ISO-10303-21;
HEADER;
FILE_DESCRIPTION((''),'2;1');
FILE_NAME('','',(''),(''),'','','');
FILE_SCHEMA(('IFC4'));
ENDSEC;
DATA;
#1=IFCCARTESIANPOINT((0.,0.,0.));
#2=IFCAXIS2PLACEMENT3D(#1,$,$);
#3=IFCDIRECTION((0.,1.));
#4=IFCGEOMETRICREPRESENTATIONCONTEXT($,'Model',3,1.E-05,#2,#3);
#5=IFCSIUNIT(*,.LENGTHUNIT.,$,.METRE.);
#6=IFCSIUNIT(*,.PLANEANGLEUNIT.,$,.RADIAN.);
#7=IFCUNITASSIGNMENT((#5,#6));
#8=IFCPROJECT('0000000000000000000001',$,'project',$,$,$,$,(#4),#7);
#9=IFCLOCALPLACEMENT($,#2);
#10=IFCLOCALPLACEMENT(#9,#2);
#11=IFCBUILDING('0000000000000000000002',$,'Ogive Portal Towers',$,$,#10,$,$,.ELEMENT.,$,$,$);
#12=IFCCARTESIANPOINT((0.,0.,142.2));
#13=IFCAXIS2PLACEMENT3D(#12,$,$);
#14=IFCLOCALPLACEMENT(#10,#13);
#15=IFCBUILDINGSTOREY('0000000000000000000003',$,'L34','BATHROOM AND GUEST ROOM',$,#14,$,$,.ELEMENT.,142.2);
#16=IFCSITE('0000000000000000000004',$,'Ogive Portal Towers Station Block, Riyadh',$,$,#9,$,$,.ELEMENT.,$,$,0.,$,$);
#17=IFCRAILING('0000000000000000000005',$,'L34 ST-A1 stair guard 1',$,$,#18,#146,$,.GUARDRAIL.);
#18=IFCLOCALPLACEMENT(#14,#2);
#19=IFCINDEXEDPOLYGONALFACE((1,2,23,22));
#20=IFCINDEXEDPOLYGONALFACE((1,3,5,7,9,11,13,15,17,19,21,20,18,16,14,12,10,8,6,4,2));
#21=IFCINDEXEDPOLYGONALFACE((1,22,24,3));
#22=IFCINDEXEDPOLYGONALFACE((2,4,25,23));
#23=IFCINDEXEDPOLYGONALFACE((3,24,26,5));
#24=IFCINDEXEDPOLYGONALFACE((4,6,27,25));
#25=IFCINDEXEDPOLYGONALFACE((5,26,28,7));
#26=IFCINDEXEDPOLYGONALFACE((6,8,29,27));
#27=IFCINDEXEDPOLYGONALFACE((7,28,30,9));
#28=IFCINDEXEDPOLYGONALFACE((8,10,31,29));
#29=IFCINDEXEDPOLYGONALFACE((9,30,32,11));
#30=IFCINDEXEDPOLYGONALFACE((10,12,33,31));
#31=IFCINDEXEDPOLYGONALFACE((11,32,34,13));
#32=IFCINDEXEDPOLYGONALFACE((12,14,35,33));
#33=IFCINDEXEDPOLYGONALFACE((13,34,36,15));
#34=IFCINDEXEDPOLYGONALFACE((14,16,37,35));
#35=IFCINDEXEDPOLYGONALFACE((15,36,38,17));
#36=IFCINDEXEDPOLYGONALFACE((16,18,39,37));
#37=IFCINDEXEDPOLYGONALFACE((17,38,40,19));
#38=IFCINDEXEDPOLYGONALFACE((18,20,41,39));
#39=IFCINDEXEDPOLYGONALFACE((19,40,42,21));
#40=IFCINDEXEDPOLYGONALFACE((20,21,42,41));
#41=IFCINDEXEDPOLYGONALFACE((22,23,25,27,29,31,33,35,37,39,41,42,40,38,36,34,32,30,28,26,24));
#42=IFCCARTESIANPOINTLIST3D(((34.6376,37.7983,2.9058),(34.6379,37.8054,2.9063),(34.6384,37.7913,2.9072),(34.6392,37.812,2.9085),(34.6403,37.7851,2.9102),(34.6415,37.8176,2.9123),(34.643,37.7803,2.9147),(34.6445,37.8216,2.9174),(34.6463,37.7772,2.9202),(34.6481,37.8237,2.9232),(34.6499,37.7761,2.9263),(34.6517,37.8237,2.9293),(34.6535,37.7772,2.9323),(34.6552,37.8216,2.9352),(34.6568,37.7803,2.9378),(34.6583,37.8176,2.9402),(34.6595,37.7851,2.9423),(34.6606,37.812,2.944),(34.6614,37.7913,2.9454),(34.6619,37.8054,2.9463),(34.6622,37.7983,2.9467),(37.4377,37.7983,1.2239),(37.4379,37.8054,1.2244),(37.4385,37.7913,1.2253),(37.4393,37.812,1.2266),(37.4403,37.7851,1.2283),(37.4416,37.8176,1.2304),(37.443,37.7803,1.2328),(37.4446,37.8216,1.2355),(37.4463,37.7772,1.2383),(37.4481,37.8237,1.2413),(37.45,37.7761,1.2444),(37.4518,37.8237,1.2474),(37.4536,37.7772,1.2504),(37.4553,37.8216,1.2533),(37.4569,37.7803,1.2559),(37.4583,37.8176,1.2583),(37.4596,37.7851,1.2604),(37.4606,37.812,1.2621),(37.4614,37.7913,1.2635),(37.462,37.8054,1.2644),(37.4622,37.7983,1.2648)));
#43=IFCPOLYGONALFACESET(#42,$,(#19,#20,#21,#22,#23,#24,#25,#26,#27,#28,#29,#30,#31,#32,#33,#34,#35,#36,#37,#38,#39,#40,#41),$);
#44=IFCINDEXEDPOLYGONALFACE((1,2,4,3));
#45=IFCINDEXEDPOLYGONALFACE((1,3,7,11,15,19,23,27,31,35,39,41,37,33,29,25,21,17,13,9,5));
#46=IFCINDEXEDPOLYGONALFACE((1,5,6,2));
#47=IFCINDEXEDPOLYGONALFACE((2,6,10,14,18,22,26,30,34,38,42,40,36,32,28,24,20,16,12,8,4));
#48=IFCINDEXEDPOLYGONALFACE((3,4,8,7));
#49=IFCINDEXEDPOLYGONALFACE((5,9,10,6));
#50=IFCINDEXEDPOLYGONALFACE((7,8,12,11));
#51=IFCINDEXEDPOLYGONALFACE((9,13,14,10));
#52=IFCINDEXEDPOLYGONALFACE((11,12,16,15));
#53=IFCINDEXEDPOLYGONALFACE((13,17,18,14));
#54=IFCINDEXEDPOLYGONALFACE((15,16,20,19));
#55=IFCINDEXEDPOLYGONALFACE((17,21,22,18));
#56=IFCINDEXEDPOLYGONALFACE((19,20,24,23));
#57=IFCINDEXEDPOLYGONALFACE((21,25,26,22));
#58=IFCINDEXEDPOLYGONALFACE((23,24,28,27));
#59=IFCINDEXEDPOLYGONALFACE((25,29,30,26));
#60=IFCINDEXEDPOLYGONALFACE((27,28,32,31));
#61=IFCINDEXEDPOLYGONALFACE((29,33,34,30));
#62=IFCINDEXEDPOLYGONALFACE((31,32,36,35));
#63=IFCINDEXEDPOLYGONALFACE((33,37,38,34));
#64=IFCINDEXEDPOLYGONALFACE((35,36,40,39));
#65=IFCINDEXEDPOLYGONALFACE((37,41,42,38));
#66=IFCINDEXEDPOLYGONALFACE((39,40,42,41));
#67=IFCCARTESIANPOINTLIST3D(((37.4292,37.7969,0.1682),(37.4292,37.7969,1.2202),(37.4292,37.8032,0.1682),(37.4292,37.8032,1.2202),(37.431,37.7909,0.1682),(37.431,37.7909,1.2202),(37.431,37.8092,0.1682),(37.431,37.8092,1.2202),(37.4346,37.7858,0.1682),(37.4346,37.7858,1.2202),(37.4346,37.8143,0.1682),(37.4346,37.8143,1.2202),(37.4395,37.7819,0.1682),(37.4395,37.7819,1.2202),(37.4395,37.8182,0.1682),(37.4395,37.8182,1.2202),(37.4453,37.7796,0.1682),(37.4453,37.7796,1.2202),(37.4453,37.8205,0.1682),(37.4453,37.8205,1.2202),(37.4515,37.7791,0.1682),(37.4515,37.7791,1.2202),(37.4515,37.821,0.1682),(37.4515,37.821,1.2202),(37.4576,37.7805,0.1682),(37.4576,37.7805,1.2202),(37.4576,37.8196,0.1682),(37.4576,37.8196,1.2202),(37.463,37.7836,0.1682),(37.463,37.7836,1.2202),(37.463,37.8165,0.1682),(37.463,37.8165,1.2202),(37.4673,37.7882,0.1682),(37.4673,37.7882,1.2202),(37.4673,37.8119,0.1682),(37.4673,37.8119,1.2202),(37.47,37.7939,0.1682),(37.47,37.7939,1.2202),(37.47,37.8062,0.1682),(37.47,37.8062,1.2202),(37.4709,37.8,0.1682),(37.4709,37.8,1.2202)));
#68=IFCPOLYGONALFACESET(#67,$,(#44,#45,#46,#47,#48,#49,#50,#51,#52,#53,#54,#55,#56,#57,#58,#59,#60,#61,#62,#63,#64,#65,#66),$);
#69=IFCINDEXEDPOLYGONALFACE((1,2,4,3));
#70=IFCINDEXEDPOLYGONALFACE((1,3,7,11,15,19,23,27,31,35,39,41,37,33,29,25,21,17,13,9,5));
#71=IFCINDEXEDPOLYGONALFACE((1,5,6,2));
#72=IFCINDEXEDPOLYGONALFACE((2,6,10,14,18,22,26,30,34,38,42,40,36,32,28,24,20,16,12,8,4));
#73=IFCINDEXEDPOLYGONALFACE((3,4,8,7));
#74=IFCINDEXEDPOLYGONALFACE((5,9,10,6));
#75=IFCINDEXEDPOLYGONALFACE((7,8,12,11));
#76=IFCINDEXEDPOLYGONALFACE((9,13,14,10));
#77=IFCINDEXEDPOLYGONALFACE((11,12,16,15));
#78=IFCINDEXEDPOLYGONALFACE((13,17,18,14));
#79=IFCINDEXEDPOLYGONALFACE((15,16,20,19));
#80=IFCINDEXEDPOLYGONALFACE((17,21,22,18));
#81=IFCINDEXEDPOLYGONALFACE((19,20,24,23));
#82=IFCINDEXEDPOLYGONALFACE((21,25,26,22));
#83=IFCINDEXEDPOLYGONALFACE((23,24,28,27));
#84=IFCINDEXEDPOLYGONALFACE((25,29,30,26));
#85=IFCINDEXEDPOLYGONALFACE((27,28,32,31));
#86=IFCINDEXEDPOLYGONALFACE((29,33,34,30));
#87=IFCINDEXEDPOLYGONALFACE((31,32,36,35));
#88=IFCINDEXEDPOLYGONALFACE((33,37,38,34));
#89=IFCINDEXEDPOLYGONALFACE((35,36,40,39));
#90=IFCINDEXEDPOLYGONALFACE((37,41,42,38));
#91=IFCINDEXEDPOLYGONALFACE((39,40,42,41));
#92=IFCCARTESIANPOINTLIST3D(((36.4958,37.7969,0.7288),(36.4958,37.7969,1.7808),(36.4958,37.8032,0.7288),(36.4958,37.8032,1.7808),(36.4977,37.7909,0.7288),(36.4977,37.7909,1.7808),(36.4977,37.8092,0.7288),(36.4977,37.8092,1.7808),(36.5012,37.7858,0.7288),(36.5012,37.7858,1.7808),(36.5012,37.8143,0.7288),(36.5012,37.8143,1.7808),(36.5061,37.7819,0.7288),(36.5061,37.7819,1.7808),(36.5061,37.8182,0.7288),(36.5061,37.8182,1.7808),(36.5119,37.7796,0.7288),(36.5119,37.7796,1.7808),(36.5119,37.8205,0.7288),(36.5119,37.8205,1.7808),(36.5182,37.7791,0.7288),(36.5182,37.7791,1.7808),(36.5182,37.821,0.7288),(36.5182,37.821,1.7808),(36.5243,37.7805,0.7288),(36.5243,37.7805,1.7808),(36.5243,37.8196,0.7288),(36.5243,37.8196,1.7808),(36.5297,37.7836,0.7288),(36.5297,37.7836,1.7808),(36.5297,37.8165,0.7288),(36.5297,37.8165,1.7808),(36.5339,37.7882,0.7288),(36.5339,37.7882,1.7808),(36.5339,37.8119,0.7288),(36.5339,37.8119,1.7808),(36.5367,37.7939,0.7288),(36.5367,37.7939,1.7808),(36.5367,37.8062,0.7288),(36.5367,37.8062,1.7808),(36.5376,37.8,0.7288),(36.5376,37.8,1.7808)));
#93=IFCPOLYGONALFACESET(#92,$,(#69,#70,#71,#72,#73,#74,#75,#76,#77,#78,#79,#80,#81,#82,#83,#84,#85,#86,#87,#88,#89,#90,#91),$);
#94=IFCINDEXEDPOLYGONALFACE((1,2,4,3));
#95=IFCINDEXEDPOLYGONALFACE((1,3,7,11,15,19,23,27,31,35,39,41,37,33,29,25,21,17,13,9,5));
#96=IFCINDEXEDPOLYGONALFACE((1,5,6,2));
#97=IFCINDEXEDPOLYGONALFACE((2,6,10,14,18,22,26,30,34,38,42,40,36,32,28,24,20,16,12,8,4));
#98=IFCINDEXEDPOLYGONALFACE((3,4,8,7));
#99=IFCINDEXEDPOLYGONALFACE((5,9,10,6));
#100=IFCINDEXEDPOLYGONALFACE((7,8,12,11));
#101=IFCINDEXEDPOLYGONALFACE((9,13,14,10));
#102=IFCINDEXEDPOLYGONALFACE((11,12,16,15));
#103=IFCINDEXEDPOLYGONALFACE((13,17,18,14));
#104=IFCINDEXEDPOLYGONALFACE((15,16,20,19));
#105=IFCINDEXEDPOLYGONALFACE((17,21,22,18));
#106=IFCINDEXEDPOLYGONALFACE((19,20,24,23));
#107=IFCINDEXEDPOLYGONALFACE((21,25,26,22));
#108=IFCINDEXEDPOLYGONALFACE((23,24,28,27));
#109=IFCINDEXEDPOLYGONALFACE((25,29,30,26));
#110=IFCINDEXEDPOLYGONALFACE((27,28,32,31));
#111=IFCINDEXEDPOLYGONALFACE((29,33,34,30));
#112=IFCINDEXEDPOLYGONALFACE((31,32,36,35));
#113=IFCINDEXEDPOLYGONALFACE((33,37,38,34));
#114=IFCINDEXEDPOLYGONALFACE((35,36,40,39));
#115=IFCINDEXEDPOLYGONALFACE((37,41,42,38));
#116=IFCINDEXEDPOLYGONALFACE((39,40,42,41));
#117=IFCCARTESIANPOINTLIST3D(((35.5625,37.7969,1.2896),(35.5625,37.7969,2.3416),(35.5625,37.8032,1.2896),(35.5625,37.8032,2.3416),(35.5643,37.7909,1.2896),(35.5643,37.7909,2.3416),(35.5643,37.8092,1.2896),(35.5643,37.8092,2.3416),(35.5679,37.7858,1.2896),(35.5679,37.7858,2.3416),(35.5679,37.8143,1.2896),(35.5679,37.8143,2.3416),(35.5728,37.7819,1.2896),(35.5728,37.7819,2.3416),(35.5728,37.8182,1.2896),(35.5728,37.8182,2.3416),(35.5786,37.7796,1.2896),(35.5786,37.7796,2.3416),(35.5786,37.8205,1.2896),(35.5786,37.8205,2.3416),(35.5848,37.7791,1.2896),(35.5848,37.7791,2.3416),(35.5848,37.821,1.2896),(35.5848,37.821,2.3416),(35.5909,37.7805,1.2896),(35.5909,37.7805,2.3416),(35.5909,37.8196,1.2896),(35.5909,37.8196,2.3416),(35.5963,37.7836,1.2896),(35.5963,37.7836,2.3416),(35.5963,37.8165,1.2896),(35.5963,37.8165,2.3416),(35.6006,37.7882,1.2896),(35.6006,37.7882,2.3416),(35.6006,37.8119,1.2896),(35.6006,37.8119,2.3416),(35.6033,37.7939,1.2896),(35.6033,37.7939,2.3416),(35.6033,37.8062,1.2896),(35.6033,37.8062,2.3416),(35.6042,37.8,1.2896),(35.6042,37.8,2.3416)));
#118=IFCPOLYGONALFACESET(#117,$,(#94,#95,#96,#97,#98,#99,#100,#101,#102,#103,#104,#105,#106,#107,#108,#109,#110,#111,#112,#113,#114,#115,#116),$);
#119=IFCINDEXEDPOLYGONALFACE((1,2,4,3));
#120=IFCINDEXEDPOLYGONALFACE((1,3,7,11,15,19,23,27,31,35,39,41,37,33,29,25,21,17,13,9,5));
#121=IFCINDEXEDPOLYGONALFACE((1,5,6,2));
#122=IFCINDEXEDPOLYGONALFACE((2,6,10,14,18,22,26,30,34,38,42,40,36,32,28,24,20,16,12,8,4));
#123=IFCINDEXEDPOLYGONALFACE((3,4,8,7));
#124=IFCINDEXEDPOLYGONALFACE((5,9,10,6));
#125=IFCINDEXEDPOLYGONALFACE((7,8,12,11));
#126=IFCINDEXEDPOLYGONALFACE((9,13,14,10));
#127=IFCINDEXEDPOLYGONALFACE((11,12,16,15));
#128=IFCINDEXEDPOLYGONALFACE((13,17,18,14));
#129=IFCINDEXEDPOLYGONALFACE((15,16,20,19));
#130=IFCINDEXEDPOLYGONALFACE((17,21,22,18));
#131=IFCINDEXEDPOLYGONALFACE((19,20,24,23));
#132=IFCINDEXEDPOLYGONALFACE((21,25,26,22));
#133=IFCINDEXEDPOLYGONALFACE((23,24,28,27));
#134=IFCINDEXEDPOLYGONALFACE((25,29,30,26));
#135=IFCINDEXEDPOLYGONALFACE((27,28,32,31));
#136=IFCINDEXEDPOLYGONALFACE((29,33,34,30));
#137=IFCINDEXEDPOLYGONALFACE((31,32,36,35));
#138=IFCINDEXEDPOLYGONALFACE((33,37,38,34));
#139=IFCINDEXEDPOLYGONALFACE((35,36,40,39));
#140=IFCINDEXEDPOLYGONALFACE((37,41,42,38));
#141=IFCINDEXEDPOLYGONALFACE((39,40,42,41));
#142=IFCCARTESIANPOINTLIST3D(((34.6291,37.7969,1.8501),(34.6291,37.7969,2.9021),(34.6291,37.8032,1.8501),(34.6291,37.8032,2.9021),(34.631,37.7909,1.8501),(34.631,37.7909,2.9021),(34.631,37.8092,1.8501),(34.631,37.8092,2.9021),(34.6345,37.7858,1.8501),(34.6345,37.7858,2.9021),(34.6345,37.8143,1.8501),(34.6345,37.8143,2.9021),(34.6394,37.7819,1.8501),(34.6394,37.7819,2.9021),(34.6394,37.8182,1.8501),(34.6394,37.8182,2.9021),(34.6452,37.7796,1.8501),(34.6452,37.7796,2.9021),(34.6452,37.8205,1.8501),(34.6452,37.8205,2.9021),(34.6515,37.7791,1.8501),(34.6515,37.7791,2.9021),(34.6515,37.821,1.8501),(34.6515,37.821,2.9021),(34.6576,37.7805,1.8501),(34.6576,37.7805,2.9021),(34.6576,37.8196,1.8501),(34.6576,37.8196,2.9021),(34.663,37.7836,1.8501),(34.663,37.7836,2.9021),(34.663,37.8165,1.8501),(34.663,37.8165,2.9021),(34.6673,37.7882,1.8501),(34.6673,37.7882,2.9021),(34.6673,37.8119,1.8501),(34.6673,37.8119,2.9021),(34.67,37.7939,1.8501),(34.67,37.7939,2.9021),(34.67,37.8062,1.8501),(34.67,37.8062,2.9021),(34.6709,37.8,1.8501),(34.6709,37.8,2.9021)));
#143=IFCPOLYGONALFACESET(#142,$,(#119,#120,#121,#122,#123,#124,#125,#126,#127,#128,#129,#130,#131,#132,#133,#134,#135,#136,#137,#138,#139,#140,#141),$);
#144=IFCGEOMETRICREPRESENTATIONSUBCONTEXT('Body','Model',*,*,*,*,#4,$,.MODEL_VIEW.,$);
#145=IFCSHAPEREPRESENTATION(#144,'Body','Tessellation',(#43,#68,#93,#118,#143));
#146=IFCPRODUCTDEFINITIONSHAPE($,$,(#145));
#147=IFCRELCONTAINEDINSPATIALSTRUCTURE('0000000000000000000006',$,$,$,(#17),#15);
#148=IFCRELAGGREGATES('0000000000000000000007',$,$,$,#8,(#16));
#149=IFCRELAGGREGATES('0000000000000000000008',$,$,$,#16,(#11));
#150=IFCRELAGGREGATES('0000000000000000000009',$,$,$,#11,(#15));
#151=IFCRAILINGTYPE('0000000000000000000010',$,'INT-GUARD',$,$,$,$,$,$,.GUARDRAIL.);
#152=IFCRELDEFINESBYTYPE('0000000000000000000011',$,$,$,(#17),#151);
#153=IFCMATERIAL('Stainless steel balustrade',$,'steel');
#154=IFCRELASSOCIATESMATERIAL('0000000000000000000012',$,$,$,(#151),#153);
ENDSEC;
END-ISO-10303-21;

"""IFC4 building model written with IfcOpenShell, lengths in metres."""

from ifc_helpers import new_model, si_unit, direction, frame, origin, origin_2d, place, context, subcontext, project, spatial, circle, extrude, material, type_object, element, save


model = new_model("IFC4")

# Units and contexts
model_context = context("Model", 3, precision=1e-05, world=origin(), true_north=direction((0.0, 1.0)))
body_context = subcontext(model_context, "Body", "Model", "MODEL_VIEW")
ifc_project = project(units=[si_unit("LENGTHUNIT", "METRE"), si_unit("PLANEANGLEUNIT", "RADIAN")], contexts=[model_context])

# Site, building, storey
site_placement = place(None, origin())
site = spatial("IfcSite", under=ifc_project, at=site_placement, Name="Ogive Portal Towers Station Block, Riyadh", CompositionType="ELEMENT", RefElevation=0.0)
building_placement = place(site_placement, origin())
building = spatial("IfcBuilding", under=site, at=building_placement, Name="Ogive Portal Towers", CompositionType="ELEMENT")
storey_placement = place(building_placement, frame((0.0, 0.0, 142.2)))
storey = spatial("IfcBuildingStorey", under=building, at=storey_placement, Name="L34", Description="BATHROOM AND GUEST ROOM", CompositionType="ELEMENT", Elevation=142.2)

# Railing
ifc_material_1 = material(Name="Stainless steel balustrade", Category="steel")
railing_type = type_object("IfcRailingType", Name="INT-GUARD", PredefinedType="GUARDRAIL", material=ifc_material_1)
railing_1_placement = place(storey_placement, frame((37.45, 37.8, 0.1682)))
element("IfcRailing", 1, at=railing_1_placement, inside=storey, type_object=railing_type, Name="L34 ST-A1 stair guard 1", PredefinedType="GUARDRAIL", context=body_context, shape_type="SweptSolid", body=[
    extrude(circle(Radius=0.0239, at=origin_2d()), frame((0.0, 0.0, 1.0762), z_axis=(-0.857242, 0.0, 0.514913), x_axis=(0.0, -1.0, 0.0)), (0.0, 0.0, 1.0), 3.2664),
    extrude(circle(Radius=0.021, at=origin_2d()), origin(), (0.0, 0.0, 1.0), 1.052),
    extrude(circle(Radius=0.021, at=origin_2d()), frame((-0.9333, 0.0, 0.5605)), (0.0, 0.0, 1.0), 1.052),
    extrude(circle(Radius=0.021, at=origin_2d()), frame((-1.8667, 0.0, 1.1213)), (0.0, 0.0, 1.0), 1.052),
    extrude(circle(Radius=0.021, at=origin_2d()), frame((-2.8, 0.0, 1.6819)), (0.0, 0.0, 1.0), 1.052),
])

save(model, "model.ifc")
